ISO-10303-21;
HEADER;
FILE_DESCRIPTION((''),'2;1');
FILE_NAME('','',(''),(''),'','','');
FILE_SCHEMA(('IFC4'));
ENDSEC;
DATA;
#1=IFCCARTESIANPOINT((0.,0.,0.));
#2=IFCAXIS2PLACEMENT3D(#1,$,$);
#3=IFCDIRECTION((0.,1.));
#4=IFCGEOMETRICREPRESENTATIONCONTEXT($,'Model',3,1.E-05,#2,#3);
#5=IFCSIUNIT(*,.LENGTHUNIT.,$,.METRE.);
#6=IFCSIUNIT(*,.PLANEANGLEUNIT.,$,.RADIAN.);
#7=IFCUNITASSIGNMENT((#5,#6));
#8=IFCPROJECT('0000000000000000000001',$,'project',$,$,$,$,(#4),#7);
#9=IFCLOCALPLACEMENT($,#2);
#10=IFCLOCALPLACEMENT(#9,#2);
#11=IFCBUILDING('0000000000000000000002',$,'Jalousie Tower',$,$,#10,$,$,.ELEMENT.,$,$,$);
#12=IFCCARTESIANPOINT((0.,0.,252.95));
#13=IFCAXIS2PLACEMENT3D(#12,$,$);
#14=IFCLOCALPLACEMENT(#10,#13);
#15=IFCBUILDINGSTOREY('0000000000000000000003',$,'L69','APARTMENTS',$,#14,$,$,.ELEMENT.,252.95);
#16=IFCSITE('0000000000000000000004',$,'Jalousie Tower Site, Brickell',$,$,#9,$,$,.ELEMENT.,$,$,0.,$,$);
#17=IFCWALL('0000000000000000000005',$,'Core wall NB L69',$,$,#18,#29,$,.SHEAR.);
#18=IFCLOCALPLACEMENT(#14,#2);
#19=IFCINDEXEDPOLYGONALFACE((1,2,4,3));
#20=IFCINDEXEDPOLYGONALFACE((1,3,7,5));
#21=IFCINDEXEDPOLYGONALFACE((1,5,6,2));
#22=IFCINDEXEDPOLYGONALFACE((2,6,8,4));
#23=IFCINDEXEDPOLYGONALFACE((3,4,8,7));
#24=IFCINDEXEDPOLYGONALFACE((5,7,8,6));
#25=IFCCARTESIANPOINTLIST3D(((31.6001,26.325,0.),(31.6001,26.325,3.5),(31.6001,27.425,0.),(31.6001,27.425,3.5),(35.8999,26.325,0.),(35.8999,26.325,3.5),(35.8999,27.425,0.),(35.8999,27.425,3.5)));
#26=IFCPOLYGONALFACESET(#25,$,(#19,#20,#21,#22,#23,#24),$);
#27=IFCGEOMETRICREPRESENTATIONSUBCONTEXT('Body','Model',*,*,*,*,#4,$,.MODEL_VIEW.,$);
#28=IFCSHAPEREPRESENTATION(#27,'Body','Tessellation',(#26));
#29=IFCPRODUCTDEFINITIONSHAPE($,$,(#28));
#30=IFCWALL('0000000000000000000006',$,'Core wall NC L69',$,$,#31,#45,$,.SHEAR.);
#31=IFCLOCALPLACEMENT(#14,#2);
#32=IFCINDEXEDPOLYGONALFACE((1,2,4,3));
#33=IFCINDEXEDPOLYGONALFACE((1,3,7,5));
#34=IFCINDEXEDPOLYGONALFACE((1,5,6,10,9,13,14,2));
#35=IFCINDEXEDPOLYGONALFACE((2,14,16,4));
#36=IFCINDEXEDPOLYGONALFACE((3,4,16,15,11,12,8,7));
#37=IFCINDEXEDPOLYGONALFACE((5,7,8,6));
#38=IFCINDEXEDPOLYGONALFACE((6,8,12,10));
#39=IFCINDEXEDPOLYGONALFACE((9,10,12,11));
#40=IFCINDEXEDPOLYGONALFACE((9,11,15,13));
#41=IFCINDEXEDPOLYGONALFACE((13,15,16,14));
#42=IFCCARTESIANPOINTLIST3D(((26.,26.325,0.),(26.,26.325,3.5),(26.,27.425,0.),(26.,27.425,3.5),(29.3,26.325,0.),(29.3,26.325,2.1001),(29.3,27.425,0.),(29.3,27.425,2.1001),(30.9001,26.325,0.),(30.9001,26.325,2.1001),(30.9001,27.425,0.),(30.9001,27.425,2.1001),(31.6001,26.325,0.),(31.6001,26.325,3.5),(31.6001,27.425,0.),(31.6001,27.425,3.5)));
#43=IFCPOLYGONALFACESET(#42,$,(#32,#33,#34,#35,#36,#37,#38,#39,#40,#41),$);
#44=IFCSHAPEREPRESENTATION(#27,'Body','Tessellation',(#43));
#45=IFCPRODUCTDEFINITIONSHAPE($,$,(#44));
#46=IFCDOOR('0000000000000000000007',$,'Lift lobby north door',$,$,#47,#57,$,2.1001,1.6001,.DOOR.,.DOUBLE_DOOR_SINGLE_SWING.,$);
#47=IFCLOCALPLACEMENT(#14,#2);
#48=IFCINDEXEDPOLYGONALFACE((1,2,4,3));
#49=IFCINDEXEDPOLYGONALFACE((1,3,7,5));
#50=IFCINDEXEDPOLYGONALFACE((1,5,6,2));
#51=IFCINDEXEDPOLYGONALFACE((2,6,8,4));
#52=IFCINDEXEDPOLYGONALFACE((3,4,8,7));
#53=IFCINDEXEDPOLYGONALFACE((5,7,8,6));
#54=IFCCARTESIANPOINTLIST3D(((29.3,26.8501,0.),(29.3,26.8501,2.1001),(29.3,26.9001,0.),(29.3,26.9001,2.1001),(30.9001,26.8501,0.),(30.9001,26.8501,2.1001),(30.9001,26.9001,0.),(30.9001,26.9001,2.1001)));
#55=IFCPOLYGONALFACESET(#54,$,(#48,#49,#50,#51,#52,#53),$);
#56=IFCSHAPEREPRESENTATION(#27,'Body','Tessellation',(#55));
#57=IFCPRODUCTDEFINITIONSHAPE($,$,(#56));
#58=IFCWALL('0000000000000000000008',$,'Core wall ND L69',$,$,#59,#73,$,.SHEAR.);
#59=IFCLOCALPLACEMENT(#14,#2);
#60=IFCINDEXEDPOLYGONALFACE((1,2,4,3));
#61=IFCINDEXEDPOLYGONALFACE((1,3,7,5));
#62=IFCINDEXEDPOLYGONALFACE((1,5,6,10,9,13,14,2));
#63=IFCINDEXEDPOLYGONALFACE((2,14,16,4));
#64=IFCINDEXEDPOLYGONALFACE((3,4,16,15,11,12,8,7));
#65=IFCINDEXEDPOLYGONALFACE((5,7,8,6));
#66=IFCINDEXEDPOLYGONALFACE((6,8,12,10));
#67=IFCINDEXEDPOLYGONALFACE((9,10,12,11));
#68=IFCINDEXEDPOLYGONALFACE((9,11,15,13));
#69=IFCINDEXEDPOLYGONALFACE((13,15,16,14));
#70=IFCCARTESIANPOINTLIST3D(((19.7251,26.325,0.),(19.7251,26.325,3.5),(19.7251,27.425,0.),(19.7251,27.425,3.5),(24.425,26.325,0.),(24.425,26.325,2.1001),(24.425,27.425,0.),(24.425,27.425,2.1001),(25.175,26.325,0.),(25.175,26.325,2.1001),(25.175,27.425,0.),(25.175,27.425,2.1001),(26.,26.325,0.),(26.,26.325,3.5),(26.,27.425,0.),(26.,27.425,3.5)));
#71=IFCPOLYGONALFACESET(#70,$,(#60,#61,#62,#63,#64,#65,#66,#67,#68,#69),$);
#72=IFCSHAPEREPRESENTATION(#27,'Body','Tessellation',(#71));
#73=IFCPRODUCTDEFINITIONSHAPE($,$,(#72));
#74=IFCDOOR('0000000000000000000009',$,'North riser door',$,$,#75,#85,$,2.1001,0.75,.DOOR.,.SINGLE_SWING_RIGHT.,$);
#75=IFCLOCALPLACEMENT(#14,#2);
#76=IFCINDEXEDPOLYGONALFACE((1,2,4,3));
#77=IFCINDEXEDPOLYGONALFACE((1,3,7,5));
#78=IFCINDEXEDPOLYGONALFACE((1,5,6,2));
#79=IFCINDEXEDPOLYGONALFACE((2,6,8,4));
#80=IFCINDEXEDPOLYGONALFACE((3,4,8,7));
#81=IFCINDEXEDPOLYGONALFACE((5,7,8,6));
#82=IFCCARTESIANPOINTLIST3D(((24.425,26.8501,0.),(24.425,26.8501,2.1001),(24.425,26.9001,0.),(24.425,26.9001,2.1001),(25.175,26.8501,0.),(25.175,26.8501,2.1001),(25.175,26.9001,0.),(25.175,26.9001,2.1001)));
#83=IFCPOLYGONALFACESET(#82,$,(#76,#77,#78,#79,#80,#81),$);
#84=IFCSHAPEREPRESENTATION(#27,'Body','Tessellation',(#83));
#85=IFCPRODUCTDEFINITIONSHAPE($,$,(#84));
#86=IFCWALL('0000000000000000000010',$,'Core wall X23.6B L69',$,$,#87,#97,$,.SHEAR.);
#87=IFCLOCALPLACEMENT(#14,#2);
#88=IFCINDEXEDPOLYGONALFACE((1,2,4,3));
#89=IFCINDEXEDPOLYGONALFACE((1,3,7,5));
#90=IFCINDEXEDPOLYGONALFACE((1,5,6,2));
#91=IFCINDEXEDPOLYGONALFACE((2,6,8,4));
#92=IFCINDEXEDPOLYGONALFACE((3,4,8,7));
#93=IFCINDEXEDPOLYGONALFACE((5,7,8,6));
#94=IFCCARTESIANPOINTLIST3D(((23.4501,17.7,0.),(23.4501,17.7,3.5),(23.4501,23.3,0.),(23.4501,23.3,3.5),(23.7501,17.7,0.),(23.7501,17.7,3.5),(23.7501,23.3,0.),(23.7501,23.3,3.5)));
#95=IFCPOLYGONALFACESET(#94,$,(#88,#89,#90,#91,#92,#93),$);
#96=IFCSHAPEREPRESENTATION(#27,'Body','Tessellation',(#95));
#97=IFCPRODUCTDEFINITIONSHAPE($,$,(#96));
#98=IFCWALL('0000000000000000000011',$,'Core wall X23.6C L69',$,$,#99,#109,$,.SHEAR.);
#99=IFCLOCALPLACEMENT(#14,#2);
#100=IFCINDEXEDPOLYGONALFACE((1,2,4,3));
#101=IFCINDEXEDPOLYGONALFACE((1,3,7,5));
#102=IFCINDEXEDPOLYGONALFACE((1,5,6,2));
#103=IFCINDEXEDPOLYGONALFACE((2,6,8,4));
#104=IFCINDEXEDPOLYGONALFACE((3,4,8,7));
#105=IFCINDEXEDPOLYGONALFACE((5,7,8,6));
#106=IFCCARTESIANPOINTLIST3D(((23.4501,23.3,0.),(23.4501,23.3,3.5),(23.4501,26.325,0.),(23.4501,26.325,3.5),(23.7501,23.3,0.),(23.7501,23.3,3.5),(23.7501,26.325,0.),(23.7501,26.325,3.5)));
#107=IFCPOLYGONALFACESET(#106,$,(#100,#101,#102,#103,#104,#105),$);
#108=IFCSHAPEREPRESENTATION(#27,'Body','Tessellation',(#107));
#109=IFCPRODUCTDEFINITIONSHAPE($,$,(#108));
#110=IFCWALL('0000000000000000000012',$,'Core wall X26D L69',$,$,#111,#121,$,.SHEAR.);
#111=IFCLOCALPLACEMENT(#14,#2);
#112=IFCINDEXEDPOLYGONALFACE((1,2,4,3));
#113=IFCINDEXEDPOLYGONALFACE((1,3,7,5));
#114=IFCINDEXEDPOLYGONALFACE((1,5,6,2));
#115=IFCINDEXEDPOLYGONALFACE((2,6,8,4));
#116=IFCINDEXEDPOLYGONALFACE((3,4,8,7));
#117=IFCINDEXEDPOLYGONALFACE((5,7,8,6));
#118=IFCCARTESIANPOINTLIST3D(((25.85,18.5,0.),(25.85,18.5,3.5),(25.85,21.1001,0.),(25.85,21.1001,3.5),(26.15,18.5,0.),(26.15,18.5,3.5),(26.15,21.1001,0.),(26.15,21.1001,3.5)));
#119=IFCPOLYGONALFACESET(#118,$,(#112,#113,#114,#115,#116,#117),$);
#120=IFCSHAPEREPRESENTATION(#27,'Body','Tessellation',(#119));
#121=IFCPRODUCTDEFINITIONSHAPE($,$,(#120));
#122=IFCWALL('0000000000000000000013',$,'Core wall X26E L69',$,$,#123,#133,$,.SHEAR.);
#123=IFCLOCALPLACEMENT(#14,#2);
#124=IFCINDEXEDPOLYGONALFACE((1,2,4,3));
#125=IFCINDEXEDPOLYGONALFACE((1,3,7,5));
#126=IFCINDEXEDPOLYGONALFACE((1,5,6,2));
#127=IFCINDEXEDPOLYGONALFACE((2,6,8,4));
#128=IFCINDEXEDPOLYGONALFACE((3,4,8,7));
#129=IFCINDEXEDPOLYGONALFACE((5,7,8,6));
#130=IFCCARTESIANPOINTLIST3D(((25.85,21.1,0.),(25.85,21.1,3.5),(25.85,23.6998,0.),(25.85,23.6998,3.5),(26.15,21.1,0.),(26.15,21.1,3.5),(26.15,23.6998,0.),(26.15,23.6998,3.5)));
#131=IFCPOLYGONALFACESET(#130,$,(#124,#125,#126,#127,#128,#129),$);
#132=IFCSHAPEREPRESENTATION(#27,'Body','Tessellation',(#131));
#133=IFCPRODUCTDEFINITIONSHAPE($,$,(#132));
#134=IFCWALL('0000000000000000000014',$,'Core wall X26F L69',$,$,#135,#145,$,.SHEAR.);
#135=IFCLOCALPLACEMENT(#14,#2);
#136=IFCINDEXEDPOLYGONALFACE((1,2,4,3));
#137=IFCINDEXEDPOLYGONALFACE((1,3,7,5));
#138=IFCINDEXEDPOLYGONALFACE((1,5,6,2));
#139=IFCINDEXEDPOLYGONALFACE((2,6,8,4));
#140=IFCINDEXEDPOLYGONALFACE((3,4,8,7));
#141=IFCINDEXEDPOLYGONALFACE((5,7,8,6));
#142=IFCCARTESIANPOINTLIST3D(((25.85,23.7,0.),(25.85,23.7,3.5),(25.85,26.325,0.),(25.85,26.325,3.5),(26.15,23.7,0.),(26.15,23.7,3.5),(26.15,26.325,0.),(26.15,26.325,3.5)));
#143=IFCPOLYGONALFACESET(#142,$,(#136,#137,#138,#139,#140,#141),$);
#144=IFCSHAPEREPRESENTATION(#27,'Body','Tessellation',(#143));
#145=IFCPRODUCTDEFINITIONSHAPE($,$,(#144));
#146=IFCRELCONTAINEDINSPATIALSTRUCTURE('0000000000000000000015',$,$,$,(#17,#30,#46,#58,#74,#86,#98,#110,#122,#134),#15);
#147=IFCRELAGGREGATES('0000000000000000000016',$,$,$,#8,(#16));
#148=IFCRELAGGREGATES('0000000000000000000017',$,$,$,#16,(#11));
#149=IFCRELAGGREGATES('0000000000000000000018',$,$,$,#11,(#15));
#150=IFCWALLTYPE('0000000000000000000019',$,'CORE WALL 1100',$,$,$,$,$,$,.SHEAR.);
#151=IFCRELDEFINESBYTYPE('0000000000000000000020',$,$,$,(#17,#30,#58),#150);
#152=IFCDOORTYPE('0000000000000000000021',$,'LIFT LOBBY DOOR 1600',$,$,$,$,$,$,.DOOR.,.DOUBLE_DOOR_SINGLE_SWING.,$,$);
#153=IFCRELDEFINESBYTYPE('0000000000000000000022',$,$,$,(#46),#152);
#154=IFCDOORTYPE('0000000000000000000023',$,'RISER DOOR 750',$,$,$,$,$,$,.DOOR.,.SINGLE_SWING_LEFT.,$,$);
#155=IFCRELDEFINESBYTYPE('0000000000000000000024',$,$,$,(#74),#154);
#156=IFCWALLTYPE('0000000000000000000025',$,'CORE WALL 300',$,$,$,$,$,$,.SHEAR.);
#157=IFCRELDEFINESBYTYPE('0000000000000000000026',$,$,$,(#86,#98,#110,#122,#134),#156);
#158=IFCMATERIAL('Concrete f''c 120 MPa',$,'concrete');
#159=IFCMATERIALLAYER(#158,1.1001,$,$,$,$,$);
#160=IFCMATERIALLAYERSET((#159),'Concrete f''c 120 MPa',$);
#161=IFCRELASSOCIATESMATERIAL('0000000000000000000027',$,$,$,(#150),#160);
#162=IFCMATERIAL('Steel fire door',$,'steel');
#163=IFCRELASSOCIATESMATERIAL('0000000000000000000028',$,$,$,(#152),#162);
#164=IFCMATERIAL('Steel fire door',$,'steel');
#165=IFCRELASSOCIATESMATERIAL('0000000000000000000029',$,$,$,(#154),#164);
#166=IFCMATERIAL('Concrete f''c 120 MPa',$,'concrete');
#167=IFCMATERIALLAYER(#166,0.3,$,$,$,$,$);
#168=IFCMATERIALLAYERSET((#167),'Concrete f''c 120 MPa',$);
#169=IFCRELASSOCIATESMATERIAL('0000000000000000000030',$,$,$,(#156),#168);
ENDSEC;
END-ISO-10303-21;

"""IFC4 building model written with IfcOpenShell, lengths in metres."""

from ifc_helpers import new_model, si_unit, direction, frame, frame_2d, origin, place, context, subcontext, project, spatial, rectangle, extrude, material, layer, layer_set, type_object, element, fill, save


model = new_model("IFC4")

# Units and contexts
model_context = context("Model", 3, precision=1e-05, world=origin(), true_north=direction((0.0, 1.0)))
body_context = subcontext(model_context, "Body", "Model", "MODEL_VIEW")
ifc_project = project(units=[si_unit("LENGTHUNIT", "METRE"), si_unit("PLANEANGLEUNIT", "RADIAN")], contexts=[model_context])

# Site, building, storey
site_placement = place(None, origin())
site = spatial("IfcSite", under=ifc_project, at=site_placement, Name="Jalousie Tower Site, Brickell", CompositionType="ELEMENT", RefElevation=0.0)
building_placement = place(site_placement, origin())
building = spatial("IfcBuilding", under=site, at=building_placement, Name="Jalousie Tower", CompositionType="ELEMENT")
storey_placement = place(building_placement, frame((0.0, 0.0, 252.95)))
storey = spatial("IfcBuildingStorey", under=building, at=storey_placement, Name="L69", Description="APARTMENTS", CompositionType="ELEMENT", Elevation=252.95)

# Wall
ifc_material_1 = material(Name="Concrete f'c 120 MPa", Category="concrete")
ifc_layer_1 = layer(ifc_material_1, 1.1001)
ifc_layer_set_1 = layer_set([ifc_layer_1], Name="Concrete f'c 120 MPa")
wall_type_1 = type_object("IfcWallType", Name="CORE WALL 1100", PredefinedType="SHEAR", material=ifc_layer_set_1)
wall_1_placement = place(storey_placement, frame((35.8999, 26.875, 0.0), z_axis=(0.0, 0.0, 1.0), x_axis=(-1.0, 0.0, 0.0)))
element("IfcWall", 1, at=wall_1_placement, inside=storey, type_object=wall_type_1, Name="Core wall NB L69", PredefinedType="SHEAR", context=body_context, shape_type="SweptSolid", body=[
    extrude(rectangle(XDim=4.2998, YDim=1.1001, at=frame_2d((2.1499, 0.0))), origin(), (0.0, 0.0, 1.0), 3.5),
])

# Walls, openings, doors
wall_2_placement = place(storey_placement, frame((31.6001, 26.875, 0.0), z_axis=(0.0, 0.0, 1.0), x_axis=(-1.0, 0.0, 0.0)))
wall_2 = element("IfcWall", 2, at=wall_2_placement, inside=storey, type_object=wall_type_1, Name="Core wall NC L69", PredefinedType="SHEAR", context=body_context, shape_type="SweptSolid", body=[
    extrude(rectangle(XDim=5.6001, YDim=1.1001, at=frame_2d((2.8, 0.0))), origin(), (0.0, 0.0, 1.0), 3.5),
])
opening_1_placement = place(wall_2_placement, frame((0.7, 0.0, 0.0)))
opening_1 = element("IfcOpeningElement", 3, at=opening_1_placement, cuts=wall_2, PredefinedType="OPENING", context=body_context, shape_type="SweptSolid", body=[
    extrude(rectangle(XDim=1.6001, YDim=2.1001, at=frame_2d((0.8, 1.05))), frame((0.0, 0.5601, 0.0), z_axis=(0.0, -1.0, 0.0), x_axis=(1.0, 0.0, 0.0)), (0.0, 0.0, 1.0), 1.1201),
])
ifc_material_2 = material(Name="Steel fire door", Category="steel")
door_type_1 = type_object("IfcDoorType", Name="LIFT LOBBY DOOR 1600", OperationType="DOUBLE_DOOR_SINGLE_SWING", PredefinedType="DOOR", material=ifc_material_2)
door_1_placement = place(opening_1_placement, origin())
door_1 = element("IfcDoor", 4, at=door_1_placement, inside=storey, type_object=door_type_1, Name="Lift lobby north door", OperationType="DOUBLE_DOOR_SINGLE_SWING", OverallHeight=2.1001, OverallWidth=1.6001, PredefinedType="DOOR", context=body_context, shape_type="SweptSolid", body=[
    extrude(rectangle(XDim=1.6001, YDim=2.1001, at=frame_2d((0.8, 1.05))), frame((0.0, 0.0249, 0.0), z_axis=(0.0, -1.0, 0.0), x_axis=(1.0, 0.0, 0.0)), (0.0, 0.0, 1.0), 0.05),
])
fill(opening_1, door_1)
wall_3_placement = place(storey_placement, frame((26.0, 26.875, 0.0), z_axis=(0.0, 0.0, 1.0), x_axis=(-1.0, 0.0, 0.0)))
wall_3 = element("IfcWall", 5, at=wall_3_placement, inside=storey, type_object=wall_type_1, Name="Core wall ND L69", PredefinedType="SHEAR", context=body_context, shape_type="SweptSolid", body=[
    extrude(rectangle(XDim=6.2749, YDim=1.1001, at=frame_2d((3.1375, 0.0))), origin(), (0.0, 0.0, 1.0), 3.5),
])
opening_2_placement = place(wall_3_placement, frame((0.825, 0.0, 0.0)))
opening_2 = element("IfcOpeningElement", 6, at=opening_2_placement, cuts=wall_3, PredefinedType="OPENING", context=body_context, shape_type="SweptSolid", body=[
    extrude(rectangle(XDim=0.75, YDim=2.1001, at=frame_2d((0.375, 1.05))), frame((0.0, 0.5601, 0.0), z_axis=(0.0, -1.0, 0.0), x_axis=(1.0, 0.0, 0.0)), (0.0, 0.0, 1.0), 1.1201),
])
ifc_material_3 = material(Name="Steel fire door", Category="steel")
door_type_2 = type_object("IfcDoorType", Name="RISER DOOR 750", OperationType="SINGLE_SWING_LEFT", PredefinedType="DOOR", material=ifc_material_3)
door_2_placement = place(opening_2_placement, origin())
door_2 = element("IfcDoor", 7, at=door_2_placement, inside=storey, type_object=door_type_2, Name="North riser door", OperationType="SINGLE_SWING_RIGHT", OverallHeight=2.1001, OverallWidth=0.75, PredefinedType="DOOR", context=body_context, shape_type="SweptSolid", body=[
    extrude(rectangle(XDim=0.75, YDim=2.1001, at=frame_2d((0.375, 1.05))), frame((0.0, 0.0249, 0.0), z_axis=(0.0, -1.0, 0.0), x_axis=(1.0, 0.0, 0.0)), (0.0, 0.0, 1.0), 0.05),
])
fill(opening_2, door_2)

# Walls
ifc_material_4 = material(Name="Concrete f'c 120 MPa", Category="concrete")
ifc_layer_2 = layer(ifc_material_4, 0.3)
ifc_layer_set_2 = layer_set([ifc_layer_2], Name="Concrete f'c 120 MPa")
wall_type_2 = type_object("IfcWallType", Name="CORE WALL 300", PredefinedType="SHEAR", material=ifc_layer_set_2)
wall_4_placement = place(storey_placement, frame((23.6001, 17.7, 0.0), z_axis=(0.0, 0.0, 1.0), x_axis=(0.0, 1.0, 0.0)))
element("IfcWall", 8, at=wall_4_placement, inside=storey, type_object=wall_type_2, Name="Core wall X23.6B L69", PredefinedType="SHEAR", context=body_context, shape_type="SweptSolid", body=[
    extrude(rectangle(XDim=5.6001, YDim=0.3, at=frame_2d((2.8, 0.0))), origin(), (0.0, 0.0, 1.0), 3.5),
])
wall_5_placement = place(storey_placement, frame((23.6001, 23.3, 0.0), z_axis=(0.0, 0.0, 1.0), x_axis=(0.0, 1.0, 0.0)))
element("IfcWall", 9, at=wall_5_placement, inside=storey, type_object=wall_type_2, Name="Core wall X23.6C L69", PredefinedType="SHEAR", context=body_context, shape_type="SweptSolid", body=[
    extrude(rectangle(XDim=3.0249, YDim=0.3, at=frame_2d((1.5125, 0.0))), origin(), (0.0, 0.0, 1.0), 3.5),
])
wall_6_placement = place(storey_placement, frame((26.0, 18.5, 0.0), z_axis=(0.0, 0.0, 1.0), x_axis=(0.0, 1.0, 0.0)))
element("IfcWall", 10, at=wall_6_placement, inside=storey, type_object=wall_type_2, Name="Core wall X26D L69", PredefinedType="SHEAR", context=body_context, shape_type="SweptSolid", body=[
    extrude(rectangle(XDim=2.6001, YDim=0.3, at=frame_2d((1.3, 0.0))), origin(), (0.0, 0.0, 1.0), 3.5),
])
wall_7_placement = place(storey_placement, frame((26.0, 21.1001, 0.0), z_axis=(0.0, 0.0, 1.0), x_axis=(0.0, 1.0, 0.0)))
element("IfcWall", 11, at=wall_7_placement, inside=storey, type_object=wall_type_2, Name="Core wall X26E L69", PredefinedType="SHEAR", context=body_context, shape_type="SweptSolid", body=[
    extrude(rectangle(XDim=2.5999, YDim=0.3, at=frame_2d((1.2998, 0.0))), origin(), (0.0, 0.0, 1.0), 3.5),
])
wall_8_placement = place(storey_placement, frame((26.0, 23.7, 0.0), z_axis=(0.0, 0.0, 1.0), x_axis=(0.0, 1.0, 0.0)))
element("IfcWall", 12, at=wall_8_placement, inside=storey, type_object=wall_type_2, Name="Core wall X26F L69", PredefinedType="SHEAR", context=body_context, shape_type="SweptSolid", body=[
    extrude(rectangle(XDim=2.625, YDim=0.3, at=frame_2d((1.3125, 0.0))), origin(), (0.0, 0.0, 1.0), 3.5),
])

save(model, "model.ifc")
